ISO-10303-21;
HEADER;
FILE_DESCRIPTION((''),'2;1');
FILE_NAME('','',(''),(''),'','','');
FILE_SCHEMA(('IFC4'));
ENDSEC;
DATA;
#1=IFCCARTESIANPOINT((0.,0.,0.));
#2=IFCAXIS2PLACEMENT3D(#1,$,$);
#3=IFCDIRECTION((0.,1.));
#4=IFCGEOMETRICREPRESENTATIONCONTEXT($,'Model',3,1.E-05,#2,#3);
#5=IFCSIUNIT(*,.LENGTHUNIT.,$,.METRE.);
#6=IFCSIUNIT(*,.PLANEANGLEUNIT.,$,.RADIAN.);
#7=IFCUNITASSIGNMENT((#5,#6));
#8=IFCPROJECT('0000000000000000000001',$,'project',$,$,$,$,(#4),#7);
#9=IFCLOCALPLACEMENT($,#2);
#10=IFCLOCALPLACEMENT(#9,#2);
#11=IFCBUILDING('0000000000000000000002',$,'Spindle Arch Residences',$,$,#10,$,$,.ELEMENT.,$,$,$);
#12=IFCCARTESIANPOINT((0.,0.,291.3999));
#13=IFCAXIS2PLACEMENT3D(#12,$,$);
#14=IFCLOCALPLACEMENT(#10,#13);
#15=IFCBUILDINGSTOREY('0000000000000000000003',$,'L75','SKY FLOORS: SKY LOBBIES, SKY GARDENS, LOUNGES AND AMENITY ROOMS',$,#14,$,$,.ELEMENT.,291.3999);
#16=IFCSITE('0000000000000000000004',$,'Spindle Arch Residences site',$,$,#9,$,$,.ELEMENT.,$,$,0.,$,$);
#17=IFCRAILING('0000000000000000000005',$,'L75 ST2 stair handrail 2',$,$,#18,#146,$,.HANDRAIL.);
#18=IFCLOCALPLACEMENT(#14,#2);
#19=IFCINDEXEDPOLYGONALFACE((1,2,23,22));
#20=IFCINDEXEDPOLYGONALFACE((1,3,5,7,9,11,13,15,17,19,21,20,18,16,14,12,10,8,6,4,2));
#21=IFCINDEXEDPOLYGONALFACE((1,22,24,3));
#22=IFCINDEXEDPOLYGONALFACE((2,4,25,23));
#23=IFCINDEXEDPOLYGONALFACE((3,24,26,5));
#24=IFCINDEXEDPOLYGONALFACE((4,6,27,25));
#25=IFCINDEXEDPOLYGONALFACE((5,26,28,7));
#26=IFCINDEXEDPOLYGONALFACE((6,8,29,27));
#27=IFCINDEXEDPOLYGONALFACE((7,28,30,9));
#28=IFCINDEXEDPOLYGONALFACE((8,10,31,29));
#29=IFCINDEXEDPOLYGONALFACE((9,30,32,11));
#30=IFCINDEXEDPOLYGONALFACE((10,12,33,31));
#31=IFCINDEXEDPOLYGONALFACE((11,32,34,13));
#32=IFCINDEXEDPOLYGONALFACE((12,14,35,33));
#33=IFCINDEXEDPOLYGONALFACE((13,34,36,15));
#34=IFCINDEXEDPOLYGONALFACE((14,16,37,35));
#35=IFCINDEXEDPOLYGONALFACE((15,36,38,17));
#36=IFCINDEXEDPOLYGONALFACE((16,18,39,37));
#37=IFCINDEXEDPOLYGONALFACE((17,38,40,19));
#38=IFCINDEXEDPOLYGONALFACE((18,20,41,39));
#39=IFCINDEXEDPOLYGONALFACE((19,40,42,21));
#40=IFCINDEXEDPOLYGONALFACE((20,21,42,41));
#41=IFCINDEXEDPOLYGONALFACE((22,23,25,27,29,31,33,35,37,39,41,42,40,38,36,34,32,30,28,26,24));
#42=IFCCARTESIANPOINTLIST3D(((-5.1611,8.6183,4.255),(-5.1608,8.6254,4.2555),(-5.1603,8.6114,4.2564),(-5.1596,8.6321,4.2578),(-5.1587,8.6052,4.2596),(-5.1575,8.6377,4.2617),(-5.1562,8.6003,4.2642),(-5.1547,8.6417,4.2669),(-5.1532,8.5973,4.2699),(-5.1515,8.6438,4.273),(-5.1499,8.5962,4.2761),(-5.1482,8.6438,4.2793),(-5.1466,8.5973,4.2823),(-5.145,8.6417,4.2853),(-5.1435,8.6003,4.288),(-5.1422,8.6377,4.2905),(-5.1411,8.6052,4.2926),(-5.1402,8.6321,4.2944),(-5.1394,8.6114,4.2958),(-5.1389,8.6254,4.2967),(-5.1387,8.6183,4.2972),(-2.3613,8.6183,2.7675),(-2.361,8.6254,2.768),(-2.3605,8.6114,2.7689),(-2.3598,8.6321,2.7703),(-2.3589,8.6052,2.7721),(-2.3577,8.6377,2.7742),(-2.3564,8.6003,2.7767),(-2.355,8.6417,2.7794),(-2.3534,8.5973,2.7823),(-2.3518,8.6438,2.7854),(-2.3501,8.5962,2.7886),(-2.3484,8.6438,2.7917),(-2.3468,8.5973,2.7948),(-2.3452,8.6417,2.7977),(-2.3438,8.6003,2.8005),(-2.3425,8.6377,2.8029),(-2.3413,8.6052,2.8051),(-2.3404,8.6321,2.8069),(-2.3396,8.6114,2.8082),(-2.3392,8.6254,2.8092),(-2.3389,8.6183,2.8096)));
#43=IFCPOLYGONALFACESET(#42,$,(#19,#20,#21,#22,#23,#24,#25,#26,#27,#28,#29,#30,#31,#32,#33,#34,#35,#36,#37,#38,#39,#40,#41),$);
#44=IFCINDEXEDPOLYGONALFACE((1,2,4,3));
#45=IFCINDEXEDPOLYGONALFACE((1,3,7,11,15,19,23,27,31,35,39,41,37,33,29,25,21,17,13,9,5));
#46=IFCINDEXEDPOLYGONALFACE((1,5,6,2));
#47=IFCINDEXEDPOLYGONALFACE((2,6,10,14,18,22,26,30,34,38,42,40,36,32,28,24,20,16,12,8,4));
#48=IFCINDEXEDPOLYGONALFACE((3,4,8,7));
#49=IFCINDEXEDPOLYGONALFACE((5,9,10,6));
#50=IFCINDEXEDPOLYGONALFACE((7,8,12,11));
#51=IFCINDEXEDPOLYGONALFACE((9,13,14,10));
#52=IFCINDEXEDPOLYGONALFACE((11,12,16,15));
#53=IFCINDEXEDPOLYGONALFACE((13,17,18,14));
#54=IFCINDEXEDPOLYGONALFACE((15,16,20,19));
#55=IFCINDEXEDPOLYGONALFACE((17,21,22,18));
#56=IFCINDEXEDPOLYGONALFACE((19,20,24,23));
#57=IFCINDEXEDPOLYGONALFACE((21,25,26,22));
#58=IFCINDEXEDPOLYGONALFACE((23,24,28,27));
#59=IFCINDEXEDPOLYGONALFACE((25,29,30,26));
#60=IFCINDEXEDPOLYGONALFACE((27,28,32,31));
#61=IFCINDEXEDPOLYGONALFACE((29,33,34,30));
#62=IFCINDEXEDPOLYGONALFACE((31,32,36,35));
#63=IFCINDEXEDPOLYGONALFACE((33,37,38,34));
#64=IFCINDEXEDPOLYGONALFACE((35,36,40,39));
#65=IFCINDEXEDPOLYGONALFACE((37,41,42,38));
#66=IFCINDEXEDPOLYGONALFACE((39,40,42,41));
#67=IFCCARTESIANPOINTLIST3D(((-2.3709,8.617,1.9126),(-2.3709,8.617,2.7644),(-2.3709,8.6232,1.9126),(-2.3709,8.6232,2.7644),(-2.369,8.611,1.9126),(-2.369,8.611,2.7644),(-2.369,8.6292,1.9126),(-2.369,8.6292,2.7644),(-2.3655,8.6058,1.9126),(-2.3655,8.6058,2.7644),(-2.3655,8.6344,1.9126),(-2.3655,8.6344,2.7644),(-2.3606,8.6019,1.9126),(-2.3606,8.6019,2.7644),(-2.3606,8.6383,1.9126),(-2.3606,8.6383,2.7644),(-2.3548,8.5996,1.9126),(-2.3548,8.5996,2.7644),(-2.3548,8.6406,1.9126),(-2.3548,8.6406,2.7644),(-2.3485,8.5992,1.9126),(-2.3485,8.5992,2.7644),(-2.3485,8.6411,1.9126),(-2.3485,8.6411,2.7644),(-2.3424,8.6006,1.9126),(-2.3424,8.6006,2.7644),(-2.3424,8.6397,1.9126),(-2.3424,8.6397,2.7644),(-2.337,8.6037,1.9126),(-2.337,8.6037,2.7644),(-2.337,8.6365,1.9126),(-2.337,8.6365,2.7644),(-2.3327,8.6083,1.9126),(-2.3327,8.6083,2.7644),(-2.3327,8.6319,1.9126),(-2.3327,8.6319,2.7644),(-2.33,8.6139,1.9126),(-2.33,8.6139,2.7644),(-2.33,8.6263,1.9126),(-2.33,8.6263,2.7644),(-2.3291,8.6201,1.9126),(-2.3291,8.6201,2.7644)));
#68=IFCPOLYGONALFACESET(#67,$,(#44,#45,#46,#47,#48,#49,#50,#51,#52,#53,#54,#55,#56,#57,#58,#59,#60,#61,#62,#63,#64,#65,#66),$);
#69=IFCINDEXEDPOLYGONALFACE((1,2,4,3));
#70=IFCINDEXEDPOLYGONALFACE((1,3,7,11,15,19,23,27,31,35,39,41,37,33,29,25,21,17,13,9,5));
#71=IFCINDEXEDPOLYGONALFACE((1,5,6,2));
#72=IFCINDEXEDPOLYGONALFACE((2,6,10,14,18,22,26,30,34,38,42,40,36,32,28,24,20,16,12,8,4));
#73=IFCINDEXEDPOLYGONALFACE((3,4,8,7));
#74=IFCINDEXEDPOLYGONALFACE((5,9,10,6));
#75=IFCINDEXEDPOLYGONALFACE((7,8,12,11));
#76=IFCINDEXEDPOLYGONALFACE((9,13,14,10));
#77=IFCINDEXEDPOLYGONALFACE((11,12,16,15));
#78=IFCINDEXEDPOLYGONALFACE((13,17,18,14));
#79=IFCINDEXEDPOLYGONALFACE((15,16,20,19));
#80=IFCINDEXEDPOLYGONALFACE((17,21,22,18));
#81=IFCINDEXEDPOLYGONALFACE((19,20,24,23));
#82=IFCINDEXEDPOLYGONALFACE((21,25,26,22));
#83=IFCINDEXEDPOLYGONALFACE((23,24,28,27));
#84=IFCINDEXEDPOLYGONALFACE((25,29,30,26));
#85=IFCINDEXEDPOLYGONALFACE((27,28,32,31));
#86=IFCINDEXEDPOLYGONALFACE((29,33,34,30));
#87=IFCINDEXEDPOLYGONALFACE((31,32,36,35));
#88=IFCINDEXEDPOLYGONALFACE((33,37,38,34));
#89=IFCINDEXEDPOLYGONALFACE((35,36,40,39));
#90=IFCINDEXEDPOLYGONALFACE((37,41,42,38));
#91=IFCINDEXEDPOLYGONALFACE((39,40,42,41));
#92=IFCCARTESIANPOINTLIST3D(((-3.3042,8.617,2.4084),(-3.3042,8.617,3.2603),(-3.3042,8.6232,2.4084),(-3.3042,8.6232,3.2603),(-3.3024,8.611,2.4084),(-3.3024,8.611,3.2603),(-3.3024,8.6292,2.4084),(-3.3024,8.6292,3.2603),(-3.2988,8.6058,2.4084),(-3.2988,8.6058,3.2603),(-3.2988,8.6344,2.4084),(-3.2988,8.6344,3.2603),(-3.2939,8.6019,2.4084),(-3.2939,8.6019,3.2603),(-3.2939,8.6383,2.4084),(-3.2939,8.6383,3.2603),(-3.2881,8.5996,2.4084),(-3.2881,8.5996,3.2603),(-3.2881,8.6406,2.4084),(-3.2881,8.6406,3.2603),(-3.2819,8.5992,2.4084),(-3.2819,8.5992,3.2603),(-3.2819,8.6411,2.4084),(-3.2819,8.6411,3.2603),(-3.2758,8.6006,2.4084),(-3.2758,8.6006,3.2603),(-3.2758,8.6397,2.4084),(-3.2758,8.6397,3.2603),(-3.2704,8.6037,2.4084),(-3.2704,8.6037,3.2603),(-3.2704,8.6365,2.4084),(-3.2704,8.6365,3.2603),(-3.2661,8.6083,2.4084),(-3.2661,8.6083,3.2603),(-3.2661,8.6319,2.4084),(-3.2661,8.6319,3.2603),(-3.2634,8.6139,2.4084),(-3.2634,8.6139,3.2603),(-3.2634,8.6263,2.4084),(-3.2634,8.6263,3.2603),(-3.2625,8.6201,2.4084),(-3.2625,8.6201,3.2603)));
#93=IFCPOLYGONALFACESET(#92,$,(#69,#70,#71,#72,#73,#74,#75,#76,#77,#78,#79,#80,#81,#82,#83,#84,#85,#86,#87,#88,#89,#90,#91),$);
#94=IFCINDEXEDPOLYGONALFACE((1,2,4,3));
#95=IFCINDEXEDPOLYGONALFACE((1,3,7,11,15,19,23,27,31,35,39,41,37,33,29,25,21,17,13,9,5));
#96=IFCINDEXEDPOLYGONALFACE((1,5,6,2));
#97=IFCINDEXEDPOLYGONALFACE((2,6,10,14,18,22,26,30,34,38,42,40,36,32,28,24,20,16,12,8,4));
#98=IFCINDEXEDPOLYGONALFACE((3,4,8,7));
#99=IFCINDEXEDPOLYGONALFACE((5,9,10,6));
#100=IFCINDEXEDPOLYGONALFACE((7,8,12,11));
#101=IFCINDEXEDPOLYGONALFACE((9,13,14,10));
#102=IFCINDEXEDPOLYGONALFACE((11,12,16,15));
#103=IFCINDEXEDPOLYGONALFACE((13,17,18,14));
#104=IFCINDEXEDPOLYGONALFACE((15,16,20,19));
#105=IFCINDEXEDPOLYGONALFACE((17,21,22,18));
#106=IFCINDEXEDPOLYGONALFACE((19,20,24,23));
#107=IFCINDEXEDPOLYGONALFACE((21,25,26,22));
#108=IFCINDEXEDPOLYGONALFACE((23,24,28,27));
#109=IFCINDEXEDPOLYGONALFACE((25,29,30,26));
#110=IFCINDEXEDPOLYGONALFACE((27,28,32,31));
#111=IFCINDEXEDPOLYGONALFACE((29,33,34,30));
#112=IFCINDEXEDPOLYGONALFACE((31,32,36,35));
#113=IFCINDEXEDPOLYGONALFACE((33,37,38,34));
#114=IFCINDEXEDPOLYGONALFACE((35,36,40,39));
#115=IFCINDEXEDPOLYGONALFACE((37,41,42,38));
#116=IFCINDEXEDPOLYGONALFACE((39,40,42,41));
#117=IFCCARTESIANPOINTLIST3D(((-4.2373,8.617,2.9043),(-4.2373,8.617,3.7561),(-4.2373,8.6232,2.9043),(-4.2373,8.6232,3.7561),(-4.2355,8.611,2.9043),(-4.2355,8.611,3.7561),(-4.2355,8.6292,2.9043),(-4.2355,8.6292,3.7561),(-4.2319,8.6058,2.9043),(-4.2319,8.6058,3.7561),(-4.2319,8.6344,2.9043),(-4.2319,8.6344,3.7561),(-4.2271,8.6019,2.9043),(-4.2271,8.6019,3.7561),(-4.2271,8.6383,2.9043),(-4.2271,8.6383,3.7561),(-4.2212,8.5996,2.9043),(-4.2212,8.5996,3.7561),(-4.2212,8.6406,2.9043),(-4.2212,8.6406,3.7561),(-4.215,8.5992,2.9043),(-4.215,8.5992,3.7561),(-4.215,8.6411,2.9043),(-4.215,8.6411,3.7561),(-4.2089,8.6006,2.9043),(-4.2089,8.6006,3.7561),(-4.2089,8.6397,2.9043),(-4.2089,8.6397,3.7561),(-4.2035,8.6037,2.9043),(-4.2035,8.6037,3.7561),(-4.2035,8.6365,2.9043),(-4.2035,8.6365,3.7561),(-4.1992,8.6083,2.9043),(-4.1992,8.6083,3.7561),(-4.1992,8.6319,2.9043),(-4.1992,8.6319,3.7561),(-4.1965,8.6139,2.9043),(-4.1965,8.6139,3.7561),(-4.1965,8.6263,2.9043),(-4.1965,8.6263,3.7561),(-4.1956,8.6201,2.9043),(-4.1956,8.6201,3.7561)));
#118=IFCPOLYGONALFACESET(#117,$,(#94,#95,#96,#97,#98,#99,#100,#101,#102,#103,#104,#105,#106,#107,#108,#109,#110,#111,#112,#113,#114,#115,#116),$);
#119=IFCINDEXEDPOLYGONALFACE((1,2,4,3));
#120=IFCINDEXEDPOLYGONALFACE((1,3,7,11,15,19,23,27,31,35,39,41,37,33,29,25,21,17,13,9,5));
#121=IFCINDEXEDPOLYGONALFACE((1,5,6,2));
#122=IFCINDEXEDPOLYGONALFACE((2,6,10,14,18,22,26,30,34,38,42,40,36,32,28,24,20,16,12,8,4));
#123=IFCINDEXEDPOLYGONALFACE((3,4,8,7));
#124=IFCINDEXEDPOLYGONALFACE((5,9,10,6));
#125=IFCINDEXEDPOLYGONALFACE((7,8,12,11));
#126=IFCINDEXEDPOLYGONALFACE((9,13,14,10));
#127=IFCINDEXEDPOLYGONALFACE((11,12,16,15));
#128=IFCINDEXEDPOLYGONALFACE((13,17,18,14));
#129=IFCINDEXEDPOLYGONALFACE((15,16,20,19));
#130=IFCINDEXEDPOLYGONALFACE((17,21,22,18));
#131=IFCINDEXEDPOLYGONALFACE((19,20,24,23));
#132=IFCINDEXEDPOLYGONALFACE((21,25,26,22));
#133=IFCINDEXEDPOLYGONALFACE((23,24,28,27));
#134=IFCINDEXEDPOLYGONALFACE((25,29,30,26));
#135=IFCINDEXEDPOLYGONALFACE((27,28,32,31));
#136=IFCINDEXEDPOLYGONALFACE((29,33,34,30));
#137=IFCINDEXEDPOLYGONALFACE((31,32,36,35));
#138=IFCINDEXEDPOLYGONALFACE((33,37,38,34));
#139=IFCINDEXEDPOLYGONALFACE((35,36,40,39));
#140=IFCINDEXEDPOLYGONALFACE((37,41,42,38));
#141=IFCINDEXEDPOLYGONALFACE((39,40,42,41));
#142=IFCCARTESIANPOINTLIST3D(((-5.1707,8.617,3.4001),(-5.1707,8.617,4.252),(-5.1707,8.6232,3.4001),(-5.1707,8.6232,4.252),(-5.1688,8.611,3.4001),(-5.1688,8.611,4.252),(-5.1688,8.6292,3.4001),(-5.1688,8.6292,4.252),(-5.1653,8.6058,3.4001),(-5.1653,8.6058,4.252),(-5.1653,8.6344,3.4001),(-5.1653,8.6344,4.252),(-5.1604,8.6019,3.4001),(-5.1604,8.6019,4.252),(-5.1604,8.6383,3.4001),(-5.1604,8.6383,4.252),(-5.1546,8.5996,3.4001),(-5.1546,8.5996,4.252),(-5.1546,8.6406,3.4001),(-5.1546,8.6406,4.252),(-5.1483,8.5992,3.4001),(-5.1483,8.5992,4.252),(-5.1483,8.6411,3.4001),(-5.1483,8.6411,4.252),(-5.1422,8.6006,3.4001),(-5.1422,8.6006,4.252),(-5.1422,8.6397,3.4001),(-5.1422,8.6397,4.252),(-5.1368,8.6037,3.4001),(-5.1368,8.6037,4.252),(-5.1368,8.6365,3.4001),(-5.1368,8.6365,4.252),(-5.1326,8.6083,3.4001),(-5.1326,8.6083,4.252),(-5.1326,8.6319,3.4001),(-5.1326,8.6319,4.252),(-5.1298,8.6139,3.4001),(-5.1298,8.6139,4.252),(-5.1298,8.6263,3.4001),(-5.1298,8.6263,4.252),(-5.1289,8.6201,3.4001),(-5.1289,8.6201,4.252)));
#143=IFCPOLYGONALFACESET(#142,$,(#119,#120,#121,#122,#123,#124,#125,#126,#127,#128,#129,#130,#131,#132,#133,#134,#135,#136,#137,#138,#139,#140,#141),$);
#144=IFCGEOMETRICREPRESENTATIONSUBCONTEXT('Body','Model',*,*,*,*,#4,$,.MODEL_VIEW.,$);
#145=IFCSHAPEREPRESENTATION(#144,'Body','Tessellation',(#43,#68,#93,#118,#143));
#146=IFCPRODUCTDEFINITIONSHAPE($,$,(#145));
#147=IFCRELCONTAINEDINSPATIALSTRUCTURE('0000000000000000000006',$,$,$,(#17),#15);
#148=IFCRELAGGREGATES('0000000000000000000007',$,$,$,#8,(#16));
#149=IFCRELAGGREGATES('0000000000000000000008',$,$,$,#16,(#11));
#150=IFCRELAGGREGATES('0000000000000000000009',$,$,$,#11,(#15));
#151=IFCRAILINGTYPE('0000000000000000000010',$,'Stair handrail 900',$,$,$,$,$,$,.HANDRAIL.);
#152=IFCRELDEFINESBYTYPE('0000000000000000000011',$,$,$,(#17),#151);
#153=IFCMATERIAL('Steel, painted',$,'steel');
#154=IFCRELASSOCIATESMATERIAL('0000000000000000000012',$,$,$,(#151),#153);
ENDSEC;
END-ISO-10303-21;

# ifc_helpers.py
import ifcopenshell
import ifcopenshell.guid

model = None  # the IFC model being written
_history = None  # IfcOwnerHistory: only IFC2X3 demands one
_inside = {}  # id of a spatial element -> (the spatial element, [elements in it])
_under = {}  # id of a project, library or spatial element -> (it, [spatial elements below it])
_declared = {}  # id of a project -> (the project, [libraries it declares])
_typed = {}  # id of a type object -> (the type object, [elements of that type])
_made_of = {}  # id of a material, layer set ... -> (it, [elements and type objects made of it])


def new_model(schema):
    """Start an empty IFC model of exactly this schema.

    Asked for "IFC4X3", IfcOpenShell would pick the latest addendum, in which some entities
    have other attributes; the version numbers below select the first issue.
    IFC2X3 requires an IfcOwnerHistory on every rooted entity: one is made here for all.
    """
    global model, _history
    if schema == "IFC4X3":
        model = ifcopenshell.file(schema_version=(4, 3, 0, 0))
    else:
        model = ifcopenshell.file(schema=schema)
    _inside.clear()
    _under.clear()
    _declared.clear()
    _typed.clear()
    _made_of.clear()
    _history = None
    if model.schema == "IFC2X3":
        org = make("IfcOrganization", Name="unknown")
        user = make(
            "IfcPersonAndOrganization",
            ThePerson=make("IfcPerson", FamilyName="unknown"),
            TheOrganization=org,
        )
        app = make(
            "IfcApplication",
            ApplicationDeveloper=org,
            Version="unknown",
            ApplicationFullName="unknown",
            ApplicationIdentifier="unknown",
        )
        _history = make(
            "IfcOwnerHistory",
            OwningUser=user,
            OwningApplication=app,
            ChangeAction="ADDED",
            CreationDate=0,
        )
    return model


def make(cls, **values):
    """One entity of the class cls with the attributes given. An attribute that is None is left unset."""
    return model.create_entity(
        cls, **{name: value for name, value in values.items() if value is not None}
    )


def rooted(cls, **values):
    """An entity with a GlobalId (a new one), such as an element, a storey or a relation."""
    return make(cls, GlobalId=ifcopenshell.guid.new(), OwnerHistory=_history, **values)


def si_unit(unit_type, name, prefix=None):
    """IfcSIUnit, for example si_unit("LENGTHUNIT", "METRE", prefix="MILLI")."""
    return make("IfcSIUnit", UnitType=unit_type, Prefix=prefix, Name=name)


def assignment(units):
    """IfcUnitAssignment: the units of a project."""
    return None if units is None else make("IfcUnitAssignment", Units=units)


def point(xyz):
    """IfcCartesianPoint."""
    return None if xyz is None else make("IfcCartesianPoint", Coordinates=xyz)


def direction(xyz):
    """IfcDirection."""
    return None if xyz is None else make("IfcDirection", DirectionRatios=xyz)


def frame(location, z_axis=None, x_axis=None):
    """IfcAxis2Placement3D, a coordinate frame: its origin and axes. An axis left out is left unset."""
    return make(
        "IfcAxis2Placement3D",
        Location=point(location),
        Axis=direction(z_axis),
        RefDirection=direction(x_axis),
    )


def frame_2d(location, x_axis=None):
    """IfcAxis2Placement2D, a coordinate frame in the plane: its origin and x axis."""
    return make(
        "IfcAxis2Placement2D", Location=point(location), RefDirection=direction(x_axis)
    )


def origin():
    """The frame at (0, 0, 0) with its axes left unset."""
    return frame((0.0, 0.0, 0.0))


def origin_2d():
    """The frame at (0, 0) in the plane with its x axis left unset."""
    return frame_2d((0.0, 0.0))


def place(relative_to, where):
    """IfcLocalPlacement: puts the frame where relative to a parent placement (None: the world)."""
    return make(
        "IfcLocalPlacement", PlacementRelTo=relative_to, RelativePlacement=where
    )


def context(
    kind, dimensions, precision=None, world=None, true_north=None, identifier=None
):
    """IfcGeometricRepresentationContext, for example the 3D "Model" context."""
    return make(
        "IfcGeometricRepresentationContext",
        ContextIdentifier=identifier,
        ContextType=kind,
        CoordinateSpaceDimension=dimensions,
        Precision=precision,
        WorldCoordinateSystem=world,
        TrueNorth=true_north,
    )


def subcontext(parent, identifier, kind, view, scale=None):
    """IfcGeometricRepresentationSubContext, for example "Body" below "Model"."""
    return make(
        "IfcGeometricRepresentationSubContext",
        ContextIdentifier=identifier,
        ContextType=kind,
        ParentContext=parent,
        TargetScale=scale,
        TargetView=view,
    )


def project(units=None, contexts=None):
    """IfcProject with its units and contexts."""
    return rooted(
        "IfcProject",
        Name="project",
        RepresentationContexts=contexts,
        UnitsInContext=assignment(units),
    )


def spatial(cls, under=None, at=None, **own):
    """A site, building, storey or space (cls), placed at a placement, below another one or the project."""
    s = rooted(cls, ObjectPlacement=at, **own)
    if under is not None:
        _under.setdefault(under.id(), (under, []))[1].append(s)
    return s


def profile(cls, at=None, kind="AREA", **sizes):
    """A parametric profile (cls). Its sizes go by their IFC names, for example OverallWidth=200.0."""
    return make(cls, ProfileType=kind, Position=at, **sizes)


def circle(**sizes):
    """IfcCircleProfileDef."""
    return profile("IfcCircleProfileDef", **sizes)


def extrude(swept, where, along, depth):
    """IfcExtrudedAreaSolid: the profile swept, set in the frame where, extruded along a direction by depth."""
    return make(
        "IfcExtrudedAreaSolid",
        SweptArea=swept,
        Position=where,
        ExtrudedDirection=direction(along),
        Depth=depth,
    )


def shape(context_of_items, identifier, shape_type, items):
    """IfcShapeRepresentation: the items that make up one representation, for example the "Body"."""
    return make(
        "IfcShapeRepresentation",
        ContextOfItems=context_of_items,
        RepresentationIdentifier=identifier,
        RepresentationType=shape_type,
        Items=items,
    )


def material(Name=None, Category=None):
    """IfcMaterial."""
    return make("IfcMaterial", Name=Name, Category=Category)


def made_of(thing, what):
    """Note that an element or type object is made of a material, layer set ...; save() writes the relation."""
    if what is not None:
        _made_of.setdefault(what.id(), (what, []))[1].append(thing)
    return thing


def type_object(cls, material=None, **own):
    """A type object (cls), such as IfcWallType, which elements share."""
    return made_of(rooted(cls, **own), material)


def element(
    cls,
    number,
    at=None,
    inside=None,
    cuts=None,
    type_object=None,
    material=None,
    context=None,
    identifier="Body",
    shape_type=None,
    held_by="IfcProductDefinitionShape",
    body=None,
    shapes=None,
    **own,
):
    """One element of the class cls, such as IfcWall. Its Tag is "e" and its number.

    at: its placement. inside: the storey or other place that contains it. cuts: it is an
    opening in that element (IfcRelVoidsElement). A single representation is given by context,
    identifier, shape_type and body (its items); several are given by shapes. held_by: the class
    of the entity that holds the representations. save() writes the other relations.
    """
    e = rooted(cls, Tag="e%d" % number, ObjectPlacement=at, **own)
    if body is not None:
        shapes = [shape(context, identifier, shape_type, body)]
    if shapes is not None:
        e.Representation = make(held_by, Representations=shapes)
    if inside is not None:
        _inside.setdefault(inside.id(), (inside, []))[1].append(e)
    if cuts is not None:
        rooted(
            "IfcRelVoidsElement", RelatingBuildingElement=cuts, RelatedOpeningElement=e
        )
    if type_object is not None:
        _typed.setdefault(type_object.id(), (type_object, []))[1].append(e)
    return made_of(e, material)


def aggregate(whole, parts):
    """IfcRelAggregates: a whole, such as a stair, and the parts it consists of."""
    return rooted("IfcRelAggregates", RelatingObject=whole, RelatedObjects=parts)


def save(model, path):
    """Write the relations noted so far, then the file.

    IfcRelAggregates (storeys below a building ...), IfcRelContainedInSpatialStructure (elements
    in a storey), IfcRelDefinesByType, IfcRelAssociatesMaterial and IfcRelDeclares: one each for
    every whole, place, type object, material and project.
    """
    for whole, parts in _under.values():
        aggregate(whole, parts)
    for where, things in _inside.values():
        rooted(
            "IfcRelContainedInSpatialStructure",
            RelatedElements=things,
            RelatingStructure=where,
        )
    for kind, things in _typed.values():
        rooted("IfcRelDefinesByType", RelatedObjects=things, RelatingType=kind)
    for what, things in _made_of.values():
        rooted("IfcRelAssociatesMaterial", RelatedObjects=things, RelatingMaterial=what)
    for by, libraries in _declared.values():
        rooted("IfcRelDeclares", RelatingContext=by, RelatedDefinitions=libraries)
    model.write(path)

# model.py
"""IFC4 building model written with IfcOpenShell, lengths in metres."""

from ifc_helpers import new_model, si_unit, direction, frame, origin, origin_2d, place, context, subcontext, project, spatial, circle, extrude, material, type_object, element, save


model = new_model("IFC4")

# Units and contexts
model_context = context("Model", 3, precision=1e-05, world=origin(), true_north=direction((0.0, 1.0)))
body_context = subcontext(model_context, "Body", "Model", "MODEL_VIEW")
ifc_project = project(units=[si_unit("LENGTHUNIT", "METRE"), si_unit("PLANEANGLEUNIT", "RADIAN")], contexts=[model_context])

# Site, building, storey
site_placement = place(None, origin())
site = spatial("IfcSite", under=ifc_project, at=site_placement, Name="Spindle Arch Residences site", CompositionType="ELEMENT", RefElevation=0.0)
building_placement = place(site_placement, origin())
building = spatial("IfcBuilding", under=site, at=building_placement, Name="Spindle Arch Residences", CompositionType="ELEMENT")
storey_placement = place(building_placement, frame((0.0, 0.0, 291.3999)))
storey = spatial("IfcBuildingStorey", under=building, at=storey_placement, Name="L75", Description="SKY FLOORS: SKY LOBBIES, SKY GARDENS, LOUNGES AND AMENITY ROOMS", CompositionType="ELEMENT", Elevation=291.3999)

# Railing
ifc_material_1 = material(Name="Steel, painted", Category="steel")
railing_type_1 = type_object("IfcRailingType", Name="Stair handrail 900", PredefinedType="HANDRAIL", material=ifc_material_1)
railing_1_placement = place(storey_placement, frame((-2.3501, 8.6201, 1.9126)))
element("IfcRailing", 1, at=railing_1_placement, inside=storey, type_object=railing_type_1, Name="L75 ST2 stair handrail 2", PredefinedType="HANDRAIL", context=body_context, shape_type="SweptSolid", body=[
    extrude(circle(Radius=0.0239, at=origin_2d()), frame((0.0, 0.0, 0.876), z_axis=(-0.883096, 0.0, 0.469193), x_axis=(0.0, -1.0, 0.0)), (0.0, 0.0, 1.0), 3.1704),
    extrude(circle(Radius=0.021, at=origin_2d()), origin(), (0.0, 0.0, 1.0), 0.8518),
    extrude(circle(Radius=0.021, at=origin_2d()), frame((-0.9333, 0.0, 0.4958)), (0.0, 0.0, 1.0), 0.8518),
    extrude(circle(Radius=0.021, at=origin_2d()), frame((-1.8665, 0.0, 0.9917)), (0.0, 0.0, 1.0), 0.8518),
    extrude(circle(Radius=0.021, at=origin_2d()), frame((-2.7998, 0.0, 1.4875)), (0.0, 0.0, 1.0), 0.8518),
])

save(model, "model.ifc")
